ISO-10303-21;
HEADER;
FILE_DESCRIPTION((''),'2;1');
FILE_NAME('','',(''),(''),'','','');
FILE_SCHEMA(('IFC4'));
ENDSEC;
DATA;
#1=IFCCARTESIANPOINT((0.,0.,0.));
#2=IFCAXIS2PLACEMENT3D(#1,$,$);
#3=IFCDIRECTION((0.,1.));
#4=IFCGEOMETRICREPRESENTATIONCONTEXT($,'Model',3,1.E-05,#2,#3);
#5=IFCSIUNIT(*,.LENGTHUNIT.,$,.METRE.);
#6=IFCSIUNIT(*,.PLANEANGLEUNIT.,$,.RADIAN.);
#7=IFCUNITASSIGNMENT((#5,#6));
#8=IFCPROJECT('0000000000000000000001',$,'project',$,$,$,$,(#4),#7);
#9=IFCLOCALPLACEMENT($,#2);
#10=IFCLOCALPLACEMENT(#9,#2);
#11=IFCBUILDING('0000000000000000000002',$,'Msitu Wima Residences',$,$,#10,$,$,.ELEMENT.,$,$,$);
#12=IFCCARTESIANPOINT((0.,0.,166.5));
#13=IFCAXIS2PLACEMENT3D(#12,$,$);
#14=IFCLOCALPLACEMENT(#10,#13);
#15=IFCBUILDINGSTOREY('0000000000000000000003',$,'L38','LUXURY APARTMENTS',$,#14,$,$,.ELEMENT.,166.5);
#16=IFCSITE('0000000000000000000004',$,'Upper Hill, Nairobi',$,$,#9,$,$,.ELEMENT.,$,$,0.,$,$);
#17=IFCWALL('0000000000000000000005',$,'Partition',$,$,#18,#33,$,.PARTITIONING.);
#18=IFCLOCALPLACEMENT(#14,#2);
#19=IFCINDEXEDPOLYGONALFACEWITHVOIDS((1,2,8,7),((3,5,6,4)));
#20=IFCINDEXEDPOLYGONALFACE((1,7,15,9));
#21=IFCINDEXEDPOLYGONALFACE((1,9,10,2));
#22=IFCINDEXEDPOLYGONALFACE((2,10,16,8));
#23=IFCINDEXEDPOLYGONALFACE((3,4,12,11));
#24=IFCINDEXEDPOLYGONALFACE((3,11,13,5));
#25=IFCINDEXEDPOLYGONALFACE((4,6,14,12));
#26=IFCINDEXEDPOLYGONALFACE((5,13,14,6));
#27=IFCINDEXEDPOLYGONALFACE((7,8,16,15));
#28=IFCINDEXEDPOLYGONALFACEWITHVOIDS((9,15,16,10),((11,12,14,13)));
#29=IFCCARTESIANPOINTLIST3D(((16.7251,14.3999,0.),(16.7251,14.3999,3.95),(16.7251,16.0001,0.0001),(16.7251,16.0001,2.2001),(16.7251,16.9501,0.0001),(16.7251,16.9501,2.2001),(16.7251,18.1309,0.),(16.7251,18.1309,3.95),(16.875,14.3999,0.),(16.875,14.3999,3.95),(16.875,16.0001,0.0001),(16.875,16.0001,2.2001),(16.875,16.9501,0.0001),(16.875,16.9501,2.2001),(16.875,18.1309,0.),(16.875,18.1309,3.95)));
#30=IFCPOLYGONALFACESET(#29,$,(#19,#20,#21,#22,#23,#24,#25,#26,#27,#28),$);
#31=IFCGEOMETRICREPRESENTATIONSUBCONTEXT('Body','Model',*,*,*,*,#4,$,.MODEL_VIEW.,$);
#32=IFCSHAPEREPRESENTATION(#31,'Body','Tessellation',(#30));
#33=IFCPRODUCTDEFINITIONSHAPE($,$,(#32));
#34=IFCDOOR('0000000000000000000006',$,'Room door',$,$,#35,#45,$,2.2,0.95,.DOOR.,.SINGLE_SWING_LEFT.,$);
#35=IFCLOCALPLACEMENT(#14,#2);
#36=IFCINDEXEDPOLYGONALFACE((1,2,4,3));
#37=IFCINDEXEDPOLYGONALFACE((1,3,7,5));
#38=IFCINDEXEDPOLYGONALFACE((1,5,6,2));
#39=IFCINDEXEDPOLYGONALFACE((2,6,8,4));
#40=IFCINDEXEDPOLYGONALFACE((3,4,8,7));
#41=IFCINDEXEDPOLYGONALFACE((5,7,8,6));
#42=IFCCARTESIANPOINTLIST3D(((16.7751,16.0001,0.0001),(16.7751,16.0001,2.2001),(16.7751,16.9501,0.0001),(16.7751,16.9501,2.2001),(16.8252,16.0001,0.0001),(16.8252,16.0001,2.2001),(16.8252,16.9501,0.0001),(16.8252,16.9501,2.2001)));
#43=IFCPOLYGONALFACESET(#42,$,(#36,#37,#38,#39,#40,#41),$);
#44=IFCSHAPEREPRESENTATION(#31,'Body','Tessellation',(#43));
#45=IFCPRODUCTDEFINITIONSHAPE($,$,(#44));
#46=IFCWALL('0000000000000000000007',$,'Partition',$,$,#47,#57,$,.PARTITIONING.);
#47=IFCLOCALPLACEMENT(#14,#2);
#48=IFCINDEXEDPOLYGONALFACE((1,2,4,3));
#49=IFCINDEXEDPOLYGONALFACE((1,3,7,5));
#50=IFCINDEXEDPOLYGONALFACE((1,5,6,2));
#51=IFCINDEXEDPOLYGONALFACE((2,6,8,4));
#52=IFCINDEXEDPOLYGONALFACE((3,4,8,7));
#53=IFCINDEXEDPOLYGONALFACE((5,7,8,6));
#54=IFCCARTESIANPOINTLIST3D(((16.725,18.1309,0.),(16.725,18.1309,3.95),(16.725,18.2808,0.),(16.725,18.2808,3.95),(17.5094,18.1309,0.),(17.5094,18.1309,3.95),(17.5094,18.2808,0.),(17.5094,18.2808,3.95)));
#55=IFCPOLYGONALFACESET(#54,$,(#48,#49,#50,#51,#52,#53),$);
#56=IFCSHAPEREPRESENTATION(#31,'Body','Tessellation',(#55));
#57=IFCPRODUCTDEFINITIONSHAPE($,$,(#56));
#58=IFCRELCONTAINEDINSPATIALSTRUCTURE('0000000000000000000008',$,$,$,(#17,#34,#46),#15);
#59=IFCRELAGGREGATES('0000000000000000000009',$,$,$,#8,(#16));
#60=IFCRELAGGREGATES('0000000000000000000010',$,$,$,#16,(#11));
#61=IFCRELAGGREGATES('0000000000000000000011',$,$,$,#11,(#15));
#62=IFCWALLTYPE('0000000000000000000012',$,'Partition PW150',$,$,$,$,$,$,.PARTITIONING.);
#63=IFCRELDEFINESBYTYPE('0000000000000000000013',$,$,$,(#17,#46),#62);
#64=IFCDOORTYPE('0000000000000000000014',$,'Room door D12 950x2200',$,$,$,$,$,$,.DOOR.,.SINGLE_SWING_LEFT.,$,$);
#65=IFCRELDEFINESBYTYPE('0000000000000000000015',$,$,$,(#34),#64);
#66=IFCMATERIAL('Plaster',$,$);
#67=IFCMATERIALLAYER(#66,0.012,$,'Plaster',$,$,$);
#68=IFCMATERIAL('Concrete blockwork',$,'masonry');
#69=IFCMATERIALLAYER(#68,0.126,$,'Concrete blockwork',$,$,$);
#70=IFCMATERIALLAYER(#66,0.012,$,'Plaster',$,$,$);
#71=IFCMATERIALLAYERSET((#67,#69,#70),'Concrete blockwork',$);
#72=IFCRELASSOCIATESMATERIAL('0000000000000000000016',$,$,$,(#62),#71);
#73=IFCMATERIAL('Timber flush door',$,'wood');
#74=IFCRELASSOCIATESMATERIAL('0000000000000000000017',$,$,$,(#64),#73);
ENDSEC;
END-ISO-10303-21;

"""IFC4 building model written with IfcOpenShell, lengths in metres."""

from ifc_helpers import new_model, si_unit, direction, frame, frame_2d, origin, place, context, subcontext, project, spatial, rectangle, extrude, material, layer, layer_set, type_object, element, fill, save


model = new_model("IFC4")

# Units and contexts
model_context = context("Model", 3, precision=1e-05, world=origin(), true_north=direction((0.0, 1.0)))
body_context = subcontext(model_context, "Body", "Model", "MODEL_VIEW")
ifc_project = project(units=[si_unit("LENGTHUNIT", "METRE"), si_unit("PLANEANGLEUNIT", "RADIAN")], contexts=[model_context])

# Site, building, storey
site_placement = place(None, origin())
site = spatial("IfcSite", under=ifc_project, at=site_placement, Name="Upper Hill, Nairobi", CompositionType="ELEMENT", RefElevation=0.0)
building_placement = place(site_placement, origin())
building = spatial("IfcBuilding", under=site, at=building_placement, Name="Msitu Wima Residences", CompositionType="ELEMENT")
storey_placement = place(building_placement, frame((0.0, 0.0, 166.5)))
storey = spatial("IfcBuildingStorey", under=building, at=storey_placement, Name="L38", Description="LUXURY APARTMENTS", CompositionType="ELEMENT", Elevation=166.5)

# Shared definitions
ifc_material_1 = material(Name="Plaster")
ifc_material_2 = material(Name="Concrete blockwork", Category="masonry")

# Wall, opening, door
ifc_layer_1 = layer(ifc_material_1, 0.012, Name="Plaster")
ifc_layer_2 = layer(ifc_material_2, 0.126, Name="Concrete blockwork")
ifc_layer_3 = layer(ifc_material_1, 0.012, Name="Plaster")
ifc_layer_set_1 = layer_set([ifc_layer_1, ifc_layer_2, ifc_layer_3], Name="Concrete blockwork")
wall_type_1 = type_object("IfcWallType", Name="Partition PW150", PredefinedType="PARTITIONING", material=ifc_layer_set_1)
wall_1_placement = place(storey_placement, frame((16.8, 14.3999, 0.0), z_axis=(0.0, 0.0, 1.0), x_axis=(0.0, 1.0, 0.0)))
wall_1 = element("IfcWall", 1, at=wall_1_placement, inside=storey, type_object=wall_type_1, Name="Partition", PredefinedType="PARTITIONING", context=body_context, shape_type="SweptSolid", body=[
    extrude(rectangle(XDim=3.731, YDim=0.1499, at=frame_2d((1.8655, 0.0))), origin(), (0.0, 0.0, 1.0), 3.95),
])
opening_1_placement = place(wall_1_placement, frame((1.6001, 0.0, 0.0)))
opening_1 = element("IfcOpeningElement", 2, at=opening_1_placement, cuts=wall_1, PredefinedType="OPENING", context=body_context, shape_type="SweptSolid", body=[
    extrude(rectangle(XDim=0.95, YDim=2.2, at=frame_2d((0.4751, 1.1001))), frame((0.0, 0.085, 0.0), z_axis=(0.0, -1.0, 0.0), x_axis=(1.0, 0.0, 0.0)), (0.0, 0.0, 1.0), 0.1699),
])
ifc_material_3 = material(Name="Timber flush door", Category="wood")
door_type_1 = type_object("IfcDoorType", Name="Room door D12 950x2200", OperationType="SINGLE_SWING_LEFT", PredefinedType="DOOR", material=ifc_material_3)
door_1_placement = place(opening_1_placement, origin())
door_1 = element("IfcDoor", 3, at=door_1_placement, inside=storey, type_object=door_type_1, Name="Room door", OperationType="SINGLE_SWING_LEFT", OverallHeight=2.2, OverallWidth=0.95, PredefinedType="DOOR", context=body_context, shape_type="SweptSolid", body=[
    extrude(rectangle(XDim=0.95, YDim=2.2, at=frame_2d((0.4751, 1.1001))), frame((0.0, 0.0249, 0.0), z_axis=(0.0, -1.0, 0.0), x_axis=(1.0, 0.0, 0.0)), (0.0, 0.0, 1.0), 0.05),
])
fill(opening_1, door_1)

# Wall
wall_2_placement = place(storey_placement, frame((16.7251, 18.2058, 0.0), z_axis=(0.0, 0.0, 1.0), x_axis=(1.0, 0.0, 0.0)))
element("IfcWall", 4, at=wall_2_placement, inside=storey, type_object=wall_type_1, Name="Partition", PredefinedType="PARTITIONING", context=body_context, shape_type="SweptSolid", body=[
    extrude(rectangle(XDim=0.7844, YDim=0.1499, at=frame_2d((0.3921, 0.0))), origin(), (0.0, 0.0, 1.0), 3.95),
])

save(model, "model.ifc")
